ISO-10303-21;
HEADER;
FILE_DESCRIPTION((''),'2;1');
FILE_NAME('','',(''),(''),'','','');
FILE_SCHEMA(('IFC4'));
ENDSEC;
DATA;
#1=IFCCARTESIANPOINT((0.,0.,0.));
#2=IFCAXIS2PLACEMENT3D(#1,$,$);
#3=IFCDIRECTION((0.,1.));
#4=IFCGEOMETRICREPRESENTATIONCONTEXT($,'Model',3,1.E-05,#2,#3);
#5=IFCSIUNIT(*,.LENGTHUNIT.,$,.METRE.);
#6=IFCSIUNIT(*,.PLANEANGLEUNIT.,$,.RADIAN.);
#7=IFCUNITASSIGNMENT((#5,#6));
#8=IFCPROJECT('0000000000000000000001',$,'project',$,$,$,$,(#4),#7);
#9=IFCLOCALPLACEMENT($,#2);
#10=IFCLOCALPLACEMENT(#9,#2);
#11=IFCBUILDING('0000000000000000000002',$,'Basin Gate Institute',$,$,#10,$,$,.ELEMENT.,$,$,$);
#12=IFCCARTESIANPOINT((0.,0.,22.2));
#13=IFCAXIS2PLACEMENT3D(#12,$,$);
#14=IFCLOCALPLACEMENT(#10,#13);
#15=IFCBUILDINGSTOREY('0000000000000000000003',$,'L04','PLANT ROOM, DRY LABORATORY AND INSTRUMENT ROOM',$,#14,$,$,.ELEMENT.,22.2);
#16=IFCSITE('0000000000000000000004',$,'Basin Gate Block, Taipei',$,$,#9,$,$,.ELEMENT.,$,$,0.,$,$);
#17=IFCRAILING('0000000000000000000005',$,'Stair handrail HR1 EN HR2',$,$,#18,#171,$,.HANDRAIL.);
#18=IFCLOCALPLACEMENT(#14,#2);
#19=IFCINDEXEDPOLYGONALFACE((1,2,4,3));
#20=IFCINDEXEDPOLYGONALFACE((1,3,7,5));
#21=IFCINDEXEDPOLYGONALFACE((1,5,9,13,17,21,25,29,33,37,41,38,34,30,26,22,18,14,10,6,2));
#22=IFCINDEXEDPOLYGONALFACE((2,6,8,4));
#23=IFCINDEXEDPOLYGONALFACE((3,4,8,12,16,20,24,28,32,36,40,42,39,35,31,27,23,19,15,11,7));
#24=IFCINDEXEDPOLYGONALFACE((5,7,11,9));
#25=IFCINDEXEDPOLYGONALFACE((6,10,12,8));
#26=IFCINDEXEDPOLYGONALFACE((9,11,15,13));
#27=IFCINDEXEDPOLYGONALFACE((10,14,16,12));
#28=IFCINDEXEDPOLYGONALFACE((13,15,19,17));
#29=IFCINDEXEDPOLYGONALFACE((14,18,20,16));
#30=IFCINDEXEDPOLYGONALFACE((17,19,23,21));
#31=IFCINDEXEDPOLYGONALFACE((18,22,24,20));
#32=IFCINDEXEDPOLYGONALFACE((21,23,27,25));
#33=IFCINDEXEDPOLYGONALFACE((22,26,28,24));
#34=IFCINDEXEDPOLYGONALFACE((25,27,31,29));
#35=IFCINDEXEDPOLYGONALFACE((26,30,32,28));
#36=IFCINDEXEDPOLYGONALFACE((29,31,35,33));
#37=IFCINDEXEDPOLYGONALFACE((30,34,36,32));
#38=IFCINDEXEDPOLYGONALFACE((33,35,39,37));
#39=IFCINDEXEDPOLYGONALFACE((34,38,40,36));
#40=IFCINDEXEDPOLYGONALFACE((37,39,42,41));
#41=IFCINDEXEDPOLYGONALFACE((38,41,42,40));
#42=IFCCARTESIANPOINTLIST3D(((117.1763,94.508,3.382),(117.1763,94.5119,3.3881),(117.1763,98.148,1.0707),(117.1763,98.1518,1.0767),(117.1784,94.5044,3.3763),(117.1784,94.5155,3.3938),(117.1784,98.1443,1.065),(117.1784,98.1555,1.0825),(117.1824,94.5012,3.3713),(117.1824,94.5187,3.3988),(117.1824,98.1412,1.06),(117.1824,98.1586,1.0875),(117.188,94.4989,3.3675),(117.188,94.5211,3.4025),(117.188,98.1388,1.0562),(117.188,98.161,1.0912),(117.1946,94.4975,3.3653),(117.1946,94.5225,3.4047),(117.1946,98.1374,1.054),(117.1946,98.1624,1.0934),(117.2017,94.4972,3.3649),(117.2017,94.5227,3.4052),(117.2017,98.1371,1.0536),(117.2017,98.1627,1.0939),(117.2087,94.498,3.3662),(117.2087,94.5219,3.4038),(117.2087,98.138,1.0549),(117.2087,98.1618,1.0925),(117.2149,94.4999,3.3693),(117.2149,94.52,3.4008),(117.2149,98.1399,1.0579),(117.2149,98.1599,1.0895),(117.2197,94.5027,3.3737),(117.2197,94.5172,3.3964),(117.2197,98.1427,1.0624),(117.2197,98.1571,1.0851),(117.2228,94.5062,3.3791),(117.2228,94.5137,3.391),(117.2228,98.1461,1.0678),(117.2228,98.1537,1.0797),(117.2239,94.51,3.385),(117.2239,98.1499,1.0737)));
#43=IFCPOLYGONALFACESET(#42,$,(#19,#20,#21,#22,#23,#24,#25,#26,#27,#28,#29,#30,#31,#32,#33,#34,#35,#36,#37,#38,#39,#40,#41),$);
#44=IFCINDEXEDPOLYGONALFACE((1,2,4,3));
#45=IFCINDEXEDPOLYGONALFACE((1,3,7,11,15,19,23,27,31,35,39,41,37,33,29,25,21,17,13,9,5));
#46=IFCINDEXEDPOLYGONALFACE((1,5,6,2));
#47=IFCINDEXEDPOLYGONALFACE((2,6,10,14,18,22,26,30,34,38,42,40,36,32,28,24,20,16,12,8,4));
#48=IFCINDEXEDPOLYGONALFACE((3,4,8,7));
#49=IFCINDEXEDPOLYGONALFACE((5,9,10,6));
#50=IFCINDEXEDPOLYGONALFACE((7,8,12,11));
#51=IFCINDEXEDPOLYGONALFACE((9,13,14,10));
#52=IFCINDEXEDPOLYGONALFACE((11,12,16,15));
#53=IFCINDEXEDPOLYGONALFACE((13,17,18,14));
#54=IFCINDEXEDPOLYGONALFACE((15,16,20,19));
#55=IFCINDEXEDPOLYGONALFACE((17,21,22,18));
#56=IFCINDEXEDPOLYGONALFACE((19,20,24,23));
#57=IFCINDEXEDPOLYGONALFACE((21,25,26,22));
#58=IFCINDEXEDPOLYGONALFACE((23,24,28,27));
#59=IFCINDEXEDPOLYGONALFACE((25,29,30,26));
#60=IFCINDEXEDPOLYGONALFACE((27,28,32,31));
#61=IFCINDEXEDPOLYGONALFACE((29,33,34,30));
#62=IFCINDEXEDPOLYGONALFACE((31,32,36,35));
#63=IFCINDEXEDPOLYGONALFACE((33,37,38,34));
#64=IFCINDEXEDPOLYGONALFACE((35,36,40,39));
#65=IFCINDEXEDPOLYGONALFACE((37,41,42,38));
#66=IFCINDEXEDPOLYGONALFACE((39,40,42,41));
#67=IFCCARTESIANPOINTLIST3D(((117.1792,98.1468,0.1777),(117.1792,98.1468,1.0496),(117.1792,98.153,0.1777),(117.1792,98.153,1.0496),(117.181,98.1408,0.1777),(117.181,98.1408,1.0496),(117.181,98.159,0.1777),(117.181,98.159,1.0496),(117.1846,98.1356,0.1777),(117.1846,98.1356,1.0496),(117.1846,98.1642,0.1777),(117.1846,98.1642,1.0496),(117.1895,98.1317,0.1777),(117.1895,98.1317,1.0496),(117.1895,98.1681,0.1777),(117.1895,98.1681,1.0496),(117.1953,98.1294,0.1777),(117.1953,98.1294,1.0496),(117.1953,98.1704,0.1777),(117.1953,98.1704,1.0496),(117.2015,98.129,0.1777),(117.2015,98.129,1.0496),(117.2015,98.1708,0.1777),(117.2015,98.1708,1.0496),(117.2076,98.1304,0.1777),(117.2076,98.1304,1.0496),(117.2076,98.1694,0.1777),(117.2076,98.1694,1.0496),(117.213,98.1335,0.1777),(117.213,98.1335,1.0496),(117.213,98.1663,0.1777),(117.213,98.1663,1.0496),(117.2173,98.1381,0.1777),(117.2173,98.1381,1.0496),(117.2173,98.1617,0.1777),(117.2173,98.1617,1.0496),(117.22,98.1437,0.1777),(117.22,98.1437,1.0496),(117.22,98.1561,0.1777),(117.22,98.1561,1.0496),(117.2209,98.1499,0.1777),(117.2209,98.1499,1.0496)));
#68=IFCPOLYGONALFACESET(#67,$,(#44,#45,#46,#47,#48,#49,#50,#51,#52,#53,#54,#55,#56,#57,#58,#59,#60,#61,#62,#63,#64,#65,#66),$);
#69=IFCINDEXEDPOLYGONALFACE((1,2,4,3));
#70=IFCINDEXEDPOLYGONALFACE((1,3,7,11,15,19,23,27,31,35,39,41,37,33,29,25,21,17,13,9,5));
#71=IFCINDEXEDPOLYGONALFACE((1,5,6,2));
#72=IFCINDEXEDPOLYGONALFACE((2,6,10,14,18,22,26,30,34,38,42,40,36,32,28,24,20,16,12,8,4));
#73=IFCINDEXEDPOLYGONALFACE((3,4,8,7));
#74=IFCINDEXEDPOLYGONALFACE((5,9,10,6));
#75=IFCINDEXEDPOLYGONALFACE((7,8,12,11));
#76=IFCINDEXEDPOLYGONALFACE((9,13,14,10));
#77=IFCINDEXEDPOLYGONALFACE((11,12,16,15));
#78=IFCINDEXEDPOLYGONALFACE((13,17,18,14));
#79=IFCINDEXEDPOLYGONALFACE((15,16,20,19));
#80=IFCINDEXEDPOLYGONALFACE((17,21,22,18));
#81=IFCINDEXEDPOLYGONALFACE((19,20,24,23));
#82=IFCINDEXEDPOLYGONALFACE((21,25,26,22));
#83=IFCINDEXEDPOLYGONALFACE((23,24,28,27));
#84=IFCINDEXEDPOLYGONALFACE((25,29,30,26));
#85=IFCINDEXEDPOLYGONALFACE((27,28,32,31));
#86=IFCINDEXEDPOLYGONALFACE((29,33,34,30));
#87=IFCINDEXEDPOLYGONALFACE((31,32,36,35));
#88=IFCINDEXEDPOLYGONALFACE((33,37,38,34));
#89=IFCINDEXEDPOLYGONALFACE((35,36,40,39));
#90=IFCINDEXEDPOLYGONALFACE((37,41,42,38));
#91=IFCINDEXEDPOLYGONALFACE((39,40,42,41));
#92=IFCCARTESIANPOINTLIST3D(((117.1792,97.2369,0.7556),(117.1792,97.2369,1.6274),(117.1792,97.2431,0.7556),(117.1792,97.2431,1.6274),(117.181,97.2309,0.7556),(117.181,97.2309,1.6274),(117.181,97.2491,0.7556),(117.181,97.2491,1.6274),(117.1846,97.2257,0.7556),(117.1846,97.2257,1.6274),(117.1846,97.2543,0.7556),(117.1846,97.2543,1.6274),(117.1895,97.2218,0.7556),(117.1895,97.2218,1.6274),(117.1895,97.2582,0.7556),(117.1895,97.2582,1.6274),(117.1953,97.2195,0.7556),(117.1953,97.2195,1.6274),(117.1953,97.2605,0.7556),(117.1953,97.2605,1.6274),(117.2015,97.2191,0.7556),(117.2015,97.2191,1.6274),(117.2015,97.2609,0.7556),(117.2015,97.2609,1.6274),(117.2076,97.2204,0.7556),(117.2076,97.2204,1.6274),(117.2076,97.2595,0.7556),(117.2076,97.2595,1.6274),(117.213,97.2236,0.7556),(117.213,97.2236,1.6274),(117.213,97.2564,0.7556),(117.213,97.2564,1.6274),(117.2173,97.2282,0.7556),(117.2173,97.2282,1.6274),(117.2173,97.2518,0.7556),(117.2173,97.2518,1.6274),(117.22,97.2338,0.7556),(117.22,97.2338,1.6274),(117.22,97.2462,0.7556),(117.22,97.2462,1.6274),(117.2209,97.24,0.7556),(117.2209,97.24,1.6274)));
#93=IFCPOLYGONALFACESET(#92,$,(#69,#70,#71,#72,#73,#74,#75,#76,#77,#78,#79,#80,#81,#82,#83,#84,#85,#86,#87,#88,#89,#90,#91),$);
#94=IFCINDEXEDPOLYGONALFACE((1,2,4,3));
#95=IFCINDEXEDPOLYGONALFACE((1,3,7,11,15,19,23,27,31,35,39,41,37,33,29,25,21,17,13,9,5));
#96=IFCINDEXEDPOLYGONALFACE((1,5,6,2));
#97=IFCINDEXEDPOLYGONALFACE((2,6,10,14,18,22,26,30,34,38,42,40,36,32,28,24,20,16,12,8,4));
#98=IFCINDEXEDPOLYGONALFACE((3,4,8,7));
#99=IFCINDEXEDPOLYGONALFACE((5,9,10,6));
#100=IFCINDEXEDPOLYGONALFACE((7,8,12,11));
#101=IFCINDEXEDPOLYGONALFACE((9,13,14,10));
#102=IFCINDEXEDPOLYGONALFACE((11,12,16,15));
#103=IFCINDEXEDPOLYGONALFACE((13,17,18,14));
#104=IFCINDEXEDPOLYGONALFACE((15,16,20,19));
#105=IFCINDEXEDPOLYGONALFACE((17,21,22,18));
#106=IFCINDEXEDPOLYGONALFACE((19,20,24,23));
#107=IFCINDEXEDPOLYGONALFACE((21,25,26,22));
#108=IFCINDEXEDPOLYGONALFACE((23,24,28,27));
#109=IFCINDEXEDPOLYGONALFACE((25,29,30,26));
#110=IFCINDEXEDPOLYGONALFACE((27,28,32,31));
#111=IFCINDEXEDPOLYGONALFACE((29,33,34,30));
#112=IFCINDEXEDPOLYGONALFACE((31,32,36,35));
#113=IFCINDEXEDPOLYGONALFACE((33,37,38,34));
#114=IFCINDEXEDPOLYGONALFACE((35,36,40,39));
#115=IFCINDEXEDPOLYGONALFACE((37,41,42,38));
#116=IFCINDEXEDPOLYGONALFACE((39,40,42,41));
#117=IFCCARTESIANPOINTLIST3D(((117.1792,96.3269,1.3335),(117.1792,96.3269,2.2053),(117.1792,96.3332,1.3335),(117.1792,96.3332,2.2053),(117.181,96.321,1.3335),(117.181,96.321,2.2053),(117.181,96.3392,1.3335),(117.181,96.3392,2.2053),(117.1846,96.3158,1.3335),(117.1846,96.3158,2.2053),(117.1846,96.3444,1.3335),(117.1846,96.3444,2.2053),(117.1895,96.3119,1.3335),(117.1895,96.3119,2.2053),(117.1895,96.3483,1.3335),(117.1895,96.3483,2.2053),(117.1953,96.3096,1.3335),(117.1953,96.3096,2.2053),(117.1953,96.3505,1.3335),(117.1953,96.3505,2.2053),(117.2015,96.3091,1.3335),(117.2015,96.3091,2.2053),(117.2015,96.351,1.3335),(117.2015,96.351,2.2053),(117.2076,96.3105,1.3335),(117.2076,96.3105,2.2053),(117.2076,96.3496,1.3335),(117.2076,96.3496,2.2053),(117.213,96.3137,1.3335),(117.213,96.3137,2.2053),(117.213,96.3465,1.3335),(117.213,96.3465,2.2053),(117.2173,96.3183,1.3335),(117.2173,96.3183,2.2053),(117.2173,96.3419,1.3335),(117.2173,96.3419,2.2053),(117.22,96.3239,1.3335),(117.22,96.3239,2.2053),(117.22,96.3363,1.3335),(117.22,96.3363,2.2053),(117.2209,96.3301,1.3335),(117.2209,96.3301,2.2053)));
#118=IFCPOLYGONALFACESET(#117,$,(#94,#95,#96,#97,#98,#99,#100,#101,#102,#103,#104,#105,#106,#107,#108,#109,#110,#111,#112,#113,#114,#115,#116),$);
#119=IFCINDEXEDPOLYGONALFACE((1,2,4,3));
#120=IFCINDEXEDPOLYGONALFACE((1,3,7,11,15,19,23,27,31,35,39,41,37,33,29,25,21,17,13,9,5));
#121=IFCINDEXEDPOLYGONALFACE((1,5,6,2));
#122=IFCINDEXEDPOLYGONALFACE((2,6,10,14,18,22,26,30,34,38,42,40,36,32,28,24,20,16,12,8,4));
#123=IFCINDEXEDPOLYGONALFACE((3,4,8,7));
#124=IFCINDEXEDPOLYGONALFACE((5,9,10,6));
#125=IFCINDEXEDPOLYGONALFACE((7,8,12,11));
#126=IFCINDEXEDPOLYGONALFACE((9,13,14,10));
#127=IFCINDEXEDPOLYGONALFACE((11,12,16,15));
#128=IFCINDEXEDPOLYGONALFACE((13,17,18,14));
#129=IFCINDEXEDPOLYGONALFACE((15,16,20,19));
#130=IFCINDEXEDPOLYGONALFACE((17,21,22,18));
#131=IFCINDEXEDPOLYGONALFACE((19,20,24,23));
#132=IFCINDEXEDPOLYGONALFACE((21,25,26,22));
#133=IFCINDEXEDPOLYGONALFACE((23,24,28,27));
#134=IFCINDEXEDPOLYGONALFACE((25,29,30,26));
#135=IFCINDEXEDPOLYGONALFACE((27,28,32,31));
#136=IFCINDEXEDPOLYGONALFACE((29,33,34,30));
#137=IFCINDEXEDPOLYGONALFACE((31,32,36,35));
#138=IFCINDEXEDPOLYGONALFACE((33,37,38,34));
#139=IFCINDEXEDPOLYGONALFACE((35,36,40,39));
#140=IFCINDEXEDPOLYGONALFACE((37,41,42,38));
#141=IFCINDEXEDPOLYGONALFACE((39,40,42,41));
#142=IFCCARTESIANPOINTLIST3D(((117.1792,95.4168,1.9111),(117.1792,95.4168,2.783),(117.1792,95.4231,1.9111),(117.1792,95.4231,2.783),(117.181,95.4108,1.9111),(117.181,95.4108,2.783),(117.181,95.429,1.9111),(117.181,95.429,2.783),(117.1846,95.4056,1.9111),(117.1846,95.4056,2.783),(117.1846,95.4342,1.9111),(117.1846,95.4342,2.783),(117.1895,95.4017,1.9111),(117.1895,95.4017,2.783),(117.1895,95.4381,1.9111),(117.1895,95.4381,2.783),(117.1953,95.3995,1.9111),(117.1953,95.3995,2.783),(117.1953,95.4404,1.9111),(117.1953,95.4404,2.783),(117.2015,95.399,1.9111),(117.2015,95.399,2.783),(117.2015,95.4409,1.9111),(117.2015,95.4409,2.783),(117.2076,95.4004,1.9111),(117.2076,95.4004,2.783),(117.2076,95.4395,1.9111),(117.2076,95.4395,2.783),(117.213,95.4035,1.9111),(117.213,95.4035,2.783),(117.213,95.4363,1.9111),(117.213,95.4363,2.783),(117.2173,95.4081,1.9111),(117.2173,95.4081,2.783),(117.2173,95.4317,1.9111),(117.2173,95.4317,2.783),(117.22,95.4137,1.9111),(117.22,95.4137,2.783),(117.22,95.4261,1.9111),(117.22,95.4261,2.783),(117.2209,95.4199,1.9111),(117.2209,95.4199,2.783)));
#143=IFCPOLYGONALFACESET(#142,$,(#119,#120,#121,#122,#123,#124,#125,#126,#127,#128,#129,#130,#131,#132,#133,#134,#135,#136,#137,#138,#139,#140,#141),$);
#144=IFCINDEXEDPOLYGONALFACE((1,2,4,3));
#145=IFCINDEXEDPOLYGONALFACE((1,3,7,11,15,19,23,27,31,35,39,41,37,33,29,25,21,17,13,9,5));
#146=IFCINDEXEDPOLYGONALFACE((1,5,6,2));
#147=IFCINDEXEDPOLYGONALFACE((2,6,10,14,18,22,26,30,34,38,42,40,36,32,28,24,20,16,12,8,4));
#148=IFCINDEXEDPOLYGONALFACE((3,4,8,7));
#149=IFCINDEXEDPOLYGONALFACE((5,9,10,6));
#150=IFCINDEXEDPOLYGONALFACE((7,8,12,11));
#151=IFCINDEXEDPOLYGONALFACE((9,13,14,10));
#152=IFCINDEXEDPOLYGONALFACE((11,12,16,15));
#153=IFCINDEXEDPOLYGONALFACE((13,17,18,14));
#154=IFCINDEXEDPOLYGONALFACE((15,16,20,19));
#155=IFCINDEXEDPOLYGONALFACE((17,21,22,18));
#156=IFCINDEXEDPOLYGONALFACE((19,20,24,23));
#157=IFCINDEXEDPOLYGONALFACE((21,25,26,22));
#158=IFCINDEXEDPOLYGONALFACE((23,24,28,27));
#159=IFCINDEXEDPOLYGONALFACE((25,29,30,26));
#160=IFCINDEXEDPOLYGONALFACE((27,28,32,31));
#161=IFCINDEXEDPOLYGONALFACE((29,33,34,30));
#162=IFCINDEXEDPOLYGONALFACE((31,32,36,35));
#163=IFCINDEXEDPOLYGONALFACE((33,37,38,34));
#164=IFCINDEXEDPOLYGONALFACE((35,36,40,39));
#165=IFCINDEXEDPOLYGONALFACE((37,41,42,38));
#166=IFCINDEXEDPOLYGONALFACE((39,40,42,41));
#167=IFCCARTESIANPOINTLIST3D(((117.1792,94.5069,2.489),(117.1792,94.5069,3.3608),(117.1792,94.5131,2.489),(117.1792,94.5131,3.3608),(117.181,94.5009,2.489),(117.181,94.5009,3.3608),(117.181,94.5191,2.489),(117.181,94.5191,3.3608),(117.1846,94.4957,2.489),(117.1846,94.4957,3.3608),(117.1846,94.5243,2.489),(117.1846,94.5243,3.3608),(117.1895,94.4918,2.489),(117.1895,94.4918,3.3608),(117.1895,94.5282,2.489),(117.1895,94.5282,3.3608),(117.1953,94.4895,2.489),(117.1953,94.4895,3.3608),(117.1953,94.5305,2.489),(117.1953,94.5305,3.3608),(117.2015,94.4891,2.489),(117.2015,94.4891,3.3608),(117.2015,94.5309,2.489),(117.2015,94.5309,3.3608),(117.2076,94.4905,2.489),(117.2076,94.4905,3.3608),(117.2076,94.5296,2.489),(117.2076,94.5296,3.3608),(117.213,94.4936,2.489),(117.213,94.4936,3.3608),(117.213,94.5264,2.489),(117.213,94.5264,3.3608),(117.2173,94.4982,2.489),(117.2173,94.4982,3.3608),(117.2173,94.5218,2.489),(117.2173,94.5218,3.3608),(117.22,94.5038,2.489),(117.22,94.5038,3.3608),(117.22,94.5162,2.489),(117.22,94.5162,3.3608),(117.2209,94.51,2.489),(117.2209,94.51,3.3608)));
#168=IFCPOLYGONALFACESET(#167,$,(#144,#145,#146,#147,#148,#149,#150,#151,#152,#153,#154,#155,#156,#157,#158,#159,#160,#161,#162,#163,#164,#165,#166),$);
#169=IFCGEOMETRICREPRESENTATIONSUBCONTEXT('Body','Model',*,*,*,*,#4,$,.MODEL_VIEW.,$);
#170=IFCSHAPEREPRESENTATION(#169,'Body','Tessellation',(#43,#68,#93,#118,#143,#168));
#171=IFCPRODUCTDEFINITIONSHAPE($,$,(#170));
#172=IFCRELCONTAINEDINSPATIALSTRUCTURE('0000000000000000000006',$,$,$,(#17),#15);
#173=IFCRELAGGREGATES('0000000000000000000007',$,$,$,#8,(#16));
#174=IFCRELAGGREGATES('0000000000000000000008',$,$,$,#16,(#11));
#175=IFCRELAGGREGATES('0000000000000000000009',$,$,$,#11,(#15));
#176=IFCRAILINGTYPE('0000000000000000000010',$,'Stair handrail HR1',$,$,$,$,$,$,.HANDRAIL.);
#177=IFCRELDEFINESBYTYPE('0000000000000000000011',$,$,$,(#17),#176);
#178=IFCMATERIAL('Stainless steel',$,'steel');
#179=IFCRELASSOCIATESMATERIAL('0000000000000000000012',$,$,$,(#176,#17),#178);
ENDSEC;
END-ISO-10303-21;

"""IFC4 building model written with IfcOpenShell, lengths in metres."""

from ifc_helpers import new_model, si_unit, direction, frame, origin, origin_2d, place, context, subcontext, project, spatial, circle, extrude, material, type_object, element, save


model = new_model("IFC4")

# Units and contexts
model_context = context("Model", 3, precision=1e-05, world=origin(), true_north=direction((0.0, 1.0)))
body_context = subcontext(model_context, "Body", "Model", "MODEL_VIEW")
ifc_project = project(units=[si_unit("LENGTHUNIT", "METRE"), si_unit("PLANEANGLEUNIT", "RADIAN")], contexts=[model_context])

# Site, building, storey
site_placement = place(None, origin())
site = spatial("IfcSite", under=ifc_project, at=site_placement, Name="Basin Gate Block, Taipei", CompositionType="ELEMENT", RefElevation=0.0)
building_placement = place(site_placement, origin())
building = spatial("IfcBuilding", under=site, at=building_placement, Name="Basin Gate Institute", CompositionType="ELEMENT")
storey_placement = place(building_placement, frame((0.0, 0.0, 22.2)))
storey = spatial("IfcBuildingStorey", under=building, at=storey_placement, Name="L04", Description="PLANT ROOM, DRY LABORATORY AND INSTRUMENT ROOM", CompositionType="ELEMENT", Elevation=22.2)

# Railing
ifc_material_1 = material(Name="Stainless steel", Category="steel")
railing_type_1 = type_object("IfcRailingType", Name="Stair handrail HR1", PredefinedType="HANDRAIL", material=ifc_material_1)
for number, where, name in (
    (1, (117.2, 98.1499, 0.1777), "Stair handrail HR1 EN HR2"),
):
    element("IfcRailing", number, at=place(storey_placement, frame(where)), inside=storey, type_object=railing_type_1, material=ifc_material_1, Name=name, PredefinedType="HANDRAIL", context=body_context, shape_type="SweptSolid", body=[
        extrude(circle(Radius=0.0239, at=origin_2d()), frame((0.0, 0.0, 0.896), z_axis=(0.0, -0.844188, 0.536047), x_axis=(1.0, 0.0, 0.0)), (0.0, 0.0, 1.0), 4.3118),
        extrude(circle(Radius=0.021, at=origin_2d()), origin(), (0.0, 0.0, 1.0), 0.8718),
        extrude(circle(Radius=0.021, at=origin_2d()), frame((0.0, -0.9099, 0.5779)), (0.0, 0.0, 1.0), 0.8718),
        extrude(circle(Radius=0.021, at=origin_2d()), frame((0.0, -1.8198, 1.1558)), (0.0, 0.0, 1.0), 0.8718),
        extrude(circle(Radius=0.021, at=origin_2d()), frame((0.0, -2.73, 1.7334)), (0.0, 0.0, 1.0), 0.8718),
        extrude(circle(Radius=0.021, at=origin_2d()), frame((0.0, -3.6399, 2.3113)), (0.0, 0.0, 1.0), 0.8718),
    ])

save(model, "model.ifc")
